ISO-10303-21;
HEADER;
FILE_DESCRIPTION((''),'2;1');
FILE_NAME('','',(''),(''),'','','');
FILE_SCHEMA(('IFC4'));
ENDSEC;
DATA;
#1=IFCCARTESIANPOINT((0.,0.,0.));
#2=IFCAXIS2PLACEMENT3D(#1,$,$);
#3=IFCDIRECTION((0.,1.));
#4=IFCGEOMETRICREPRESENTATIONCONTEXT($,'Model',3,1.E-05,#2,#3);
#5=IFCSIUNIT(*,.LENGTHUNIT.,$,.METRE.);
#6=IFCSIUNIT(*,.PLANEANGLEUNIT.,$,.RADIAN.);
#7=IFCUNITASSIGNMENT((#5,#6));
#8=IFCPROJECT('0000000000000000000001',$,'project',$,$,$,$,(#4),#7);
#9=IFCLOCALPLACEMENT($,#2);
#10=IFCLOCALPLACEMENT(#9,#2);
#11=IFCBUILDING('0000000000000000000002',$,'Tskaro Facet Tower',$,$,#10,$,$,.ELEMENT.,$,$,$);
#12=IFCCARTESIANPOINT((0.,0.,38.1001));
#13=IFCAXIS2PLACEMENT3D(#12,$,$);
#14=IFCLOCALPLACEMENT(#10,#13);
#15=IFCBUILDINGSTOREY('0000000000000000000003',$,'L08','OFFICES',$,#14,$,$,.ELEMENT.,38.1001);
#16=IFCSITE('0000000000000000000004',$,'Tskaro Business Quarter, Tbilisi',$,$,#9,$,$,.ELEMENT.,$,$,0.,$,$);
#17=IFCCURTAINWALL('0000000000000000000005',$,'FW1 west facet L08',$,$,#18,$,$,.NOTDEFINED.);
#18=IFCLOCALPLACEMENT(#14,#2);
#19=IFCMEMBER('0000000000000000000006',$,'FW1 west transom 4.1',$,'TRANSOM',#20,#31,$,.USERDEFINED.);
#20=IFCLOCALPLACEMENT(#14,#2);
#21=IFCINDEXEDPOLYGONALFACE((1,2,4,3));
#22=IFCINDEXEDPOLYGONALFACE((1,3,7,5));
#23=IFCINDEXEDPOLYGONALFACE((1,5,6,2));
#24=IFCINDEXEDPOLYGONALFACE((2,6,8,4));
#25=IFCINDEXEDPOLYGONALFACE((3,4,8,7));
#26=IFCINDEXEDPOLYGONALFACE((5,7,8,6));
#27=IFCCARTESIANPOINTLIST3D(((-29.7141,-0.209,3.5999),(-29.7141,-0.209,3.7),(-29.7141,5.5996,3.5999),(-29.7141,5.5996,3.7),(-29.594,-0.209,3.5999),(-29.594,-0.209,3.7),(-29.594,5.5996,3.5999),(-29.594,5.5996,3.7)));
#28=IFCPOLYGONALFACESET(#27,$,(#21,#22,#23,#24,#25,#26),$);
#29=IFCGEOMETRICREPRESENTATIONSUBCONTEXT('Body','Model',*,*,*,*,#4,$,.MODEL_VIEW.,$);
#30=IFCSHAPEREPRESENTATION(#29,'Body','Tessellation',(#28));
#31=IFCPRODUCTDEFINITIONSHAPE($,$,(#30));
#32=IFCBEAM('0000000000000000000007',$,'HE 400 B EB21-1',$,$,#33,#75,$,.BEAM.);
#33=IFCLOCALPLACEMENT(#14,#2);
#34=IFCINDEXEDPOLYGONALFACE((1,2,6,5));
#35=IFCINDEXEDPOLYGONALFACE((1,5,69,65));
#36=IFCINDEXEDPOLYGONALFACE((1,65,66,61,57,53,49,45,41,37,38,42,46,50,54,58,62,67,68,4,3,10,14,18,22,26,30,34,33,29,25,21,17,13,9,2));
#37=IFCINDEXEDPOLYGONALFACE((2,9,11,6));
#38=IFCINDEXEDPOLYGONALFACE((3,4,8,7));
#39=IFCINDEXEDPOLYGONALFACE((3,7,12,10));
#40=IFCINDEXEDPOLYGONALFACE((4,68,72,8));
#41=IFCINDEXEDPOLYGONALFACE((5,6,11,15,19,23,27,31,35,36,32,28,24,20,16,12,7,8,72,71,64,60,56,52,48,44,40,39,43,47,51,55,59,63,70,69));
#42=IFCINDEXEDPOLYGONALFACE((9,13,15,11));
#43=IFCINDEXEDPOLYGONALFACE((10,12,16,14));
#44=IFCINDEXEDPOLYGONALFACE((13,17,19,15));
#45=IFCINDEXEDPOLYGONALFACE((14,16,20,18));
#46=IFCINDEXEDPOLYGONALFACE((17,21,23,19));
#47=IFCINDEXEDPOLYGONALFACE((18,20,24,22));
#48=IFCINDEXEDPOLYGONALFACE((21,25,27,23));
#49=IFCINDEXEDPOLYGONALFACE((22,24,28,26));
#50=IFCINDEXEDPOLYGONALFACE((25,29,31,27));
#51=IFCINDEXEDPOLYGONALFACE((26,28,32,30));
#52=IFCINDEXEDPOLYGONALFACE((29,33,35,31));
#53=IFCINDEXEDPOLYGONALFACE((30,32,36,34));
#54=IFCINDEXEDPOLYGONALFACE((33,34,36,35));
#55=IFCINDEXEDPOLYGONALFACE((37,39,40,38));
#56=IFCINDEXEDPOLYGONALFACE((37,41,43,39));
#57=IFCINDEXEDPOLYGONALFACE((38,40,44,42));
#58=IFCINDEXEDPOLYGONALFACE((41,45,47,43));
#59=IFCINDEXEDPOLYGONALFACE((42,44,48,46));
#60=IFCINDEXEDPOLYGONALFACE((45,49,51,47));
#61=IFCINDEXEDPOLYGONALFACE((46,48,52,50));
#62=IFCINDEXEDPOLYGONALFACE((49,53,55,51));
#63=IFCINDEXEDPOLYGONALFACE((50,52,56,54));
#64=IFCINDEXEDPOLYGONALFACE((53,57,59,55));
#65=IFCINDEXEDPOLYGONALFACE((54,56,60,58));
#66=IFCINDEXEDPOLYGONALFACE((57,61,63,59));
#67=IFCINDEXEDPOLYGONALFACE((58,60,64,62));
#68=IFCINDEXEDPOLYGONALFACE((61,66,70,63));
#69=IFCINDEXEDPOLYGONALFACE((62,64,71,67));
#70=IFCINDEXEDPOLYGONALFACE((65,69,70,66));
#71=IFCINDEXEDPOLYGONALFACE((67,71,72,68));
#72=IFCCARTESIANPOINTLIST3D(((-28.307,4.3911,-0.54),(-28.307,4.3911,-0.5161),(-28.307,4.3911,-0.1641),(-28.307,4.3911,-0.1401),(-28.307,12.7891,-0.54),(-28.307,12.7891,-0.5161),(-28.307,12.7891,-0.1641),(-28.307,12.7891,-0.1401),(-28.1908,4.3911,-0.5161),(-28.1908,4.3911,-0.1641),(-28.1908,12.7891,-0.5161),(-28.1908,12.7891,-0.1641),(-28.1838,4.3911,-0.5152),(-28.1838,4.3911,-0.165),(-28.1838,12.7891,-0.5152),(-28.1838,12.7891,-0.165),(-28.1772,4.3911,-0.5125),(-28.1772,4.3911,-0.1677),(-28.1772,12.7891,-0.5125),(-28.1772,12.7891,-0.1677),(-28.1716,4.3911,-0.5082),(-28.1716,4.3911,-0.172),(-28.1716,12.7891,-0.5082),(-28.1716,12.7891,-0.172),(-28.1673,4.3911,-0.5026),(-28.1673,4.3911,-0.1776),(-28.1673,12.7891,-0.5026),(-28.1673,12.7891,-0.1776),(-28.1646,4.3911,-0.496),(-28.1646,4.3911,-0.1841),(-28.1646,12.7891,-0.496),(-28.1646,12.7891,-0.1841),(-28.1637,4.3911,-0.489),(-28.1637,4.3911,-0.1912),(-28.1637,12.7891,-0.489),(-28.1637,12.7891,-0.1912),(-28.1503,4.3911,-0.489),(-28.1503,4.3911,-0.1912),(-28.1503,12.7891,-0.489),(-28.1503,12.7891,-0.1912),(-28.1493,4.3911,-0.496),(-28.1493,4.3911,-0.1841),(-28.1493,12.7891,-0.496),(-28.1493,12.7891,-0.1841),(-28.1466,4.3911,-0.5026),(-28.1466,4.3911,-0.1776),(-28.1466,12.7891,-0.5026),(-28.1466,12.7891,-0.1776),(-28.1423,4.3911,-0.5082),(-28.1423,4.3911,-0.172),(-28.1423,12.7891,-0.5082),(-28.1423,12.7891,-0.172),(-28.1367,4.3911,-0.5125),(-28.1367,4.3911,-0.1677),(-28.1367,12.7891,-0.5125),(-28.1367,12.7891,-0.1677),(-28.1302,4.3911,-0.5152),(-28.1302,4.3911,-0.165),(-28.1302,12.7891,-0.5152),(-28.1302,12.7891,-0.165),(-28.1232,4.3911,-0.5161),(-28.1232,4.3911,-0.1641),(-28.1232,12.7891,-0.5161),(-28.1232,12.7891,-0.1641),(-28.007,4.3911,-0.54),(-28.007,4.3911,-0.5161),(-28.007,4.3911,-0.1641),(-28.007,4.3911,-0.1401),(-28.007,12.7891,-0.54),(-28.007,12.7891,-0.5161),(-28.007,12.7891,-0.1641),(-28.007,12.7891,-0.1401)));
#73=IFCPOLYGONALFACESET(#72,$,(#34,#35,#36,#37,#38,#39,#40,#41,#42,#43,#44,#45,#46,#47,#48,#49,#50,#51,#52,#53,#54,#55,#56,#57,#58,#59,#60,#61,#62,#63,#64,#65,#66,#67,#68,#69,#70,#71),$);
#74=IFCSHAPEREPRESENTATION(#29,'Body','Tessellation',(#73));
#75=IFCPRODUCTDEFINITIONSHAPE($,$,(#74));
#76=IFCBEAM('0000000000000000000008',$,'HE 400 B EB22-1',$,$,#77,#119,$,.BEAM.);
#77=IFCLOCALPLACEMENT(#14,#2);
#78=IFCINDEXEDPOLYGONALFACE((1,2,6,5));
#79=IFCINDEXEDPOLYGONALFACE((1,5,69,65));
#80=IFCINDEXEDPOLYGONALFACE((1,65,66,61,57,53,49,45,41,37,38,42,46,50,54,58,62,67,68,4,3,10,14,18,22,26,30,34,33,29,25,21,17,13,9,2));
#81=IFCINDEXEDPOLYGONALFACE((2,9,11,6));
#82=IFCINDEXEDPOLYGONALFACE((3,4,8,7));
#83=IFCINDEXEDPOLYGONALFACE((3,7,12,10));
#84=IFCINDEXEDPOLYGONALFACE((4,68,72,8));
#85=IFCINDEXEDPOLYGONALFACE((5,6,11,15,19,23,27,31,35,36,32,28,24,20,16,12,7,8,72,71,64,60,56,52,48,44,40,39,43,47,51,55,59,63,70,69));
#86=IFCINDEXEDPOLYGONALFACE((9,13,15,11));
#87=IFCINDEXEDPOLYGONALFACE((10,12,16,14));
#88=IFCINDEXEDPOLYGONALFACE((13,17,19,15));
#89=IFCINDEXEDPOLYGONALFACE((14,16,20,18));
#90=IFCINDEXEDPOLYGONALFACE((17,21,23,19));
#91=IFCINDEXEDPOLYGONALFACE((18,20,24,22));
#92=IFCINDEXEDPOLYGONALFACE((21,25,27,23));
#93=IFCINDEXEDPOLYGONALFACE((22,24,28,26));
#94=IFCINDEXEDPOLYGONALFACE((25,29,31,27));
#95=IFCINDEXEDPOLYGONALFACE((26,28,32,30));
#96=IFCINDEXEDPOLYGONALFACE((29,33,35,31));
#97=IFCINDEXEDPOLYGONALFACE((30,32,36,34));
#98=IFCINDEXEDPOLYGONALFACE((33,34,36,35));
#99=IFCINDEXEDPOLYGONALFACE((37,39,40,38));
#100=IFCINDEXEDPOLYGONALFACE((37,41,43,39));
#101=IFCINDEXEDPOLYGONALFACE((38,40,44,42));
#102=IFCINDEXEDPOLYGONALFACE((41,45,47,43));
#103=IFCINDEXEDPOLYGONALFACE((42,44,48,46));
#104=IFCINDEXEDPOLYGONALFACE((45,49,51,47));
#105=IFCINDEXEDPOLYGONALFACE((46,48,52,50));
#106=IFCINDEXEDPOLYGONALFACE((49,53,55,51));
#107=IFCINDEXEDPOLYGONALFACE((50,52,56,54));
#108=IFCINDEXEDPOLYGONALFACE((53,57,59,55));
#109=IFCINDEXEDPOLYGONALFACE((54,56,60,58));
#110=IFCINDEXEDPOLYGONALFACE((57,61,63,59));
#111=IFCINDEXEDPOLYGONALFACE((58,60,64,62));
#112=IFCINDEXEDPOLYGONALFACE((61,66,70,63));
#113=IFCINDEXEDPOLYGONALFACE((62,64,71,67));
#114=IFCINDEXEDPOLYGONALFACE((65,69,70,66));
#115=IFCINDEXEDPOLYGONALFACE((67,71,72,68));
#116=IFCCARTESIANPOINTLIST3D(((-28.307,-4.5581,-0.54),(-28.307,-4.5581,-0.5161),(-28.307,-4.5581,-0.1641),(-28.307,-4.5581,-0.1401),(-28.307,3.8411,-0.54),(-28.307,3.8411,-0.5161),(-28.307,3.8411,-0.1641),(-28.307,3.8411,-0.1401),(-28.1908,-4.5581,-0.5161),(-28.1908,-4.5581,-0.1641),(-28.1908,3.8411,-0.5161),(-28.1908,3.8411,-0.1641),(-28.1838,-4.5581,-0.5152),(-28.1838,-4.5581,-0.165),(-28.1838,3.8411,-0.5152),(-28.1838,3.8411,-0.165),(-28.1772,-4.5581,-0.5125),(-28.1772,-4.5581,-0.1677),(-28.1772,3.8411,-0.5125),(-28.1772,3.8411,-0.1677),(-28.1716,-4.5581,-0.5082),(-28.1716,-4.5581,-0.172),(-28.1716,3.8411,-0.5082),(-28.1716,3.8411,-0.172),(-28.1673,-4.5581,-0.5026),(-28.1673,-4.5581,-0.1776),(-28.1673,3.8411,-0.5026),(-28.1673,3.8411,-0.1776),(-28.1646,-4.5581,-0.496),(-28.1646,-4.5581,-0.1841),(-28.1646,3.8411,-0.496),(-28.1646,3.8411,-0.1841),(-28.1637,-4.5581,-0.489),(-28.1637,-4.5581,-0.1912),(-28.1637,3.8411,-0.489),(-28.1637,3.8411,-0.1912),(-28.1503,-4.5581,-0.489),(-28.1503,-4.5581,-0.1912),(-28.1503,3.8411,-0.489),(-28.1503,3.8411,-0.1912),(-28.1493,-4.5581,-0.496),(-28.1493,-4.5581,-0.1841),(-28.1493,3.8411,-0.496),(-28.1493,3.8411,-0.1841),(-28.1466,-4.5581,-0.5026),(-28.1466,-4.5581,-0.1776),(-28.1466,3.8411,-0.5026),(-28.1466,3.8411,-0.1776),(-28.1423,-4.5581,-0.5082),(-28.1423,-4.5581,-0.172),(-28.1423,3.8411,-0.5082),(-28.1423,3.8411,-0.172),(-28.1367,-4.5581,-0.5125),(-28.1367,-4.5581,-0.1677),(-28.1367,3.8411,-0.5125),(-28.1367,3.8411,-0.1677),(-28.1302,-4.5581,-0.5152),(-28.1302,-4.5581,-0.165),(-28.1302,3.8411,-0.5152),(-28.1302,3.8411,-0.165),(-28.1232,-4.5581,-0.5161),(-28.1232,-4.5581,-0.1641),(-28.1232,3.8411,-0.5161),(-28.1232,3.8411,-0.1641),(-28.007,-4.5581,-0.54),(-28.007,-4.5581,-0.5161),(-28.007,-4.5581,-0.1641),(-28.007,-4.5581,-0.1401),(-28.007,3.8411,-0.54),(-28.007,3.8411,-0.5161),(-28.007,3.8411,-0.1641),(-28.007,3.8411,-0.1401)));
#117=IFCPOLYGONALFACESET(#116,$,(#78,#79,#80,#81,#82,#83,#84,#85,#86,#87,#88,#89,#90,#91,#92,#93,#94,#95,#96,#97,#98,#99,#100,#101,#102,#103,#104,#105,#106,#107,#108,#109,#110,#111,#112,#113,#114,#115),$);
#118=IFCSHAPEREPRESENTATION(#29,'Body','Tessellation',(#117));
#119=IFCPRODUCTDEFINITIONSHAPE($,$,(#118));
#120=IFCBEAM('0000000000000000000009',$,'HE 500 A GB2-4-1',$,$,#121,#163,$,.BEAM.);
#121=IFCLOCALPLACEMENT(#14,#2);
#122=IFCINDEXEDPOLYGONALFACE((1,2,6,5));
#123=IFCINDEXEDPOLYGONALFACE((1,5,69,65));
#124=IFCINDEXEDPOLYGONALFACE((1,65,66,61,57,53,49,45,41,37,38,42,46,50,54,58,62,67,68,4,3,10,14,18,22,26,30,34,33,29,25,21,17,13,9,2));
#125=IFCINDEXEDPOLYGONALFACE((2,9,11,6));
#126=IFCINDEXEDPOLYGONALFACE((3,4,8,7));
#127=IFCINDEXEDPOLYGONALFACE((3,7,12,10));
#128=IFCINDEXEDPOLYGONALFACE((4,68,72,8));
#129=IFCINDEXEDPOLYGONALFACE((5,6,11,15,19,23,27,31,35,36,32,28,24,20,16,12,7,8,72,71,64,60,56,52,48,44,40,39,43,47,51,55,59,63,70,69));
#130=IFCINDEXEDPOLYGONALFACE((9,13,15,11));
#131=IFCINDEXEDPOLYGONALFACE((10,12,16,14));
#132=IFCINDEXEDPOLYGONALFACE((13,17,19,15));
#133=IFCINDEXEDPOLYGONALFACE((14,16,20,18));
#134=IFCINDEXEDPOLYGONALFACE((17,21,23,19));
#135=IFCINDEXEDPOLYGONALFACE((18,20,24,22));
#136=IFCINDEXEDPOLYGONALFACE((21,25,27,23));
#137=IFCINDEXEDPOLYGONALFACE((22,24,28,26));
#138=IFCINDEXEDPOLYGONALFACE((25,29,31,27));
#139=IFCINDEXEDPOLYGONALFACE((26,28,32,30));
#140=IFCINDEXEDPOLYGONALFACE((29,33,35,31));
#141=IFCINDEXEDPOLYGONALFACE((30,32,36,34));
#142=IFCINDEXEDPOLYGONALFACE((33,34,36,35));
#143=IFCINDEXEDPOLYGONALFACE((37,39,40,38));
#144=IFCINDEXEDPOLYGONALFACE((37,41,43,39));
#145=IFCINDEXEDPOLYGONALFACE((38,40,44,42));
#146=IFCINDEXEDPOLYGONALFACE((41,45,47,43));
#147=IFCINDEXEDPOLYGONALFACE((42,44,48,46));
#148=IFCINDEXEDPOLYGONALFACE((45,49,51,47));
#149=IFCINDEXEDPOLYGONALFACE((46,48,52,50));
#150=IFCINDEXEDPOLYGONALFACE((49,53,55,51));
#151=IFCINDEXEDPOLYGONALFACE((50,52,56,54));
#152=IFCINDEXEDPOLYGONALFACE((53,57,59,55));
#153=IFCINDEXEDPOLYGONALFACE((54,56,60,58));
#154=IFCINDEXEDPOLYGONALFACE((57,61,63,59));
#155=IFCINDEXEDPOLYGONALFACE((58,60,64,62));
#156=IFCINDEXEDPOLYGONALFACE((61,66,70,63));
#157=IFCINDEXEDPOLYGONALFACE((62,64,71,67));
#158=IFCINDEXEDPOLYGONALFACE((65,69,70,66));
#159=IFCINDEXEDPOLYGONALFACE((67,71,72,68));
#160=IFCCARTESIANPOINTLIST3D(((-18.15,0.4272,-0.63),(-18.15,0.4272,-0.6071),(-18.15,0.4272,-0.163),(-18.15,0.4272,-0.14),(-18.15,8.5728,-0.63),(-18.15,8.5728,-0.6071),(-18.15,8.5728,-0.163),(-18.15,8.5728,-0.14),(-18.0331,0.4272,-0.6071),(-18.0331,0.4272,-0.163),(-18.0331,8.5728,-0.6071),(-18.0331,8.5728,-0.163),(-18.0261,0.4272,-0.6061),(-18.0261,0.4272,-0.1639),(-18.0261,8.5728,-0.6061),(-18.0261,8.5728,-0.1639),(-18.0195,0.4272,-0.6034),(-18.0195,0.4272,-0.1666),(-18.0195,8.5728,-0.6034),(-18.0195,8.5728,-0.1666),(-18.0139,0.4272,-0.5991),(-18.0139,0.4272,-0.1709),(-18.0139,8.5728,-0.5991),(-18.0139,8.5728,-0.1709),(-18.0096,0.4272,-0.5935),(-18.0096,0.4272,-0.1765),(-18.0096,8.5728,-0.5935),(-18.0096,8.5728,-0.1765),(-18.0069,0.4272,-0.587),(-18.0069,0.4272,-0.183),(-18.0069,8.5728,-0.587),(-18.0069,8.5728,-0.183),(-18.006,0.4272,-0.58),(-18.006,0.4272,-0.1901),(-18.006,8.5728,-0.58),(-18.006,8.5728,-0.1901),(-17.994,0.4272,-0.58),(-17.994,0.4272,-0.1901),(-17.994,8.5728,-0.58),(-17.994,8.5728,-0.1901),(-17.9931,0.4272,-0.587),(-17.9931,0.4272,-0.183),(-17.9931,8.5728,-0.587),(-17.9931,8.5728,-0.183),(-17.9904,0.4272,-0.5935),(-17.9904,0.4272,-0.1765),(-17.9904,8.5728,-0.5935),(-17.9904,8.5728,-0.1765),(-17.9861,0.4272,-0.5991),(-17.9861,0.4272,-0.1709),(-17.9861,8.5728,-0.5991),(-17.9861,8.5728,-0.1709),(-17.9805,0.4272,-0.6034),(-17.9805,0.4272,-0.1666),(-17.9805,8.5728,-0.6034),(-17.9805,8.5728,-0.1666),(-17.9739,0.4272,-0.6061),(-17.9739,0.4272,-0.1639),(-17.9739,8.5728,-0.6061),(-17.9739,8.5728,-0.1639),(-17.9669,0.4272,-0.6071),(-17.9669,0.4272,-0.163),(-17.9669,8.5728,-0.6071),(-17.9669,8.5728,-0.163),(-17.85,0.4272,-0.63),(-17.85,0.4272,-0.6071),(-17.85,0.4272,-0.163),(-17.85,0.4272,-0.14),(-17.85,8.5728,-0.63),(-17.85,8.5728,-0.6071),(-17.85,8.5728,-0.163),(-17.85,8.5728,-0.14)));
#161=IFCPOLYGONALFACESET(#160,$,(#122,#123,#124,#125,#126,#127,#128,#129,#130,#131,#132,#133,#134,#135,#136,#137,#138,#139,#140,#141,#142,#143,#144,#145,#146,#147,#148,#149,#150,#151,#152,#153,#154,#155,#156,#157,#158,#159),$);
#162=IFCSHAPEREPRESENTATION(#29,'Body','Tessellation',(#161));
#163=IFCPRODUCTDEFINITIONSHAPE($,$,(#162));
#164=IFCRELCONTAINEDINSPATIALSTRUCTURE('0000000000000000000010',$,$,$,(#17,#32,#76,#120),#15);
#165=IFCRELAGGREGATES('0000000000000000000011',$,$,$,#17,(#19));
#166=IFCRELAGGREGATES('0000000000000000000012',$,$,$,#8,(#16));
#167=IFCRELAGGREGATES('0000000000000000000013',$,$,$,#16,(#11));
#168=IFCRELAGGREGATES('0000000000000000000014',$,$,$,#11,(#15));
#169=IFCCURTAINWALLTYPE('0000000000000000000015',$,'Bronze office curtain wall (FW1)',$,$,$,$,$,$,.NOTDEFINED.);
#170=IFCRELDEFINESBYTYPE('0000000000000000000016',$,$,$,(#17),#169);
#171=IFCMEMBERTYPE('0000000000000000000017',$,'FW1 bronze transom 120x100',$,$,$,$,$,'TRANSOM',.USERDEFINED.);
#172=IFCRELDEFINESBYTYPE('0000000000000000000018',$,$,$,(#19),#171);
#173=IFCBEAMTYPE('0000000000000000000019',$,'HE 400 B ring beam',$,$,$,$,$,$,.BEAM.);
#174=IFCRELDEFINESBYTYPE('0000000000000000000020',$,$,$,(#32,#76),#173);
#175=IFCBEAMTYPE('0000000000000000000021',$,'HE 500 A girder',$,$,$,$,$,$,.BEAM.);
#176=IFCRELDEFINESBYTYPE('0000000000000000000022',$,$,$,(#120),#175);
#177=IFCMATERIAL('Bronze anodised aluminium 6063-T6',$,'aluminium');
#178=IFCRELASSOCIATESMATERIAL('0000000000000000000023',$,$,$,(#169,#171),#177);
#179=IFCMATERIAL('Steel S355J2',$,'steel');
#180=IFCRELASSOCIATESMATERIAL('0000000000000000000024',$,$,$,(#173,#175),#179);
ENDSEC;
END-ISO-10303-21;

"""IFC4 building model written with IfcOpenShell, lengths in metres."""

from ifc_helpers import new_model, si_unit, direction, frame, origin, origin_2d, place, context, subcontext, project, spatial, rectangle, i_section, extrude, material, material_profile, profile_set, type_object, element, aggregate, save


model = new_model("IFC4")

# Units and contexts
model_context = context("Model", 3, precision=1e-05, world=origin(), true_north=direction((0.0, 1.0)))
body_context = subcontext(model_context, "Body", "Model", "MODEL_VIEW")
ifc_project = project(units=[si_unit("LENGTHUNIT", "METRE"), si_unit("PLANEANGLEUNIT", "RADIAN")], contexts=[model_context])

# Site, building, storey
site_placement = place(None, origin())
site = spatial("IfcSite", under=ifc_project, at=site_placement, Name="Tskaro Business Quarter, Tbilisi", CompositionType="ELEMENT", RefElevation=0.0)
building_placement = place(site_placement, origin())
building = spatial("IfcBuilding", under=site, at=building_placement, Name="Tskaro Facet Tower", CompositionType="ELEMENT")
storey_placement = place(building_placement, frame((0.0, 0.0, 38.1001)))
storey = spatial("IfcBuildingStorey", under=building, at=storey_placement, Name="L08", Description="OFFICES", CompositionType="ELEMENT", Elevation=38.1001)

# Curtain wall, member
ifc_material_1 = material(Name="Bronze anodised aluminium 6063-T6", Category="aluminium")
curtain_wall_type = type_object("IfcCurtainWallType", Name="Bronze office curtain wall (FW1)", PredefinedType="NOTDEFINED", material=ifc_material_1)
curtain_wall_placement = place(storey_placement, origin())
curtain_wall = element("IfcCurtainWall", 1, at=curtain_wall_placement, inside=storey, type_object=curtain_wall_type, Name="FW1 west facet L08", PredefinedType="NOTDEFINED")
ifc_material_profile_1 = material_profile(ifc_material_1, rectangle(XDim=0.1201, YDim=0.1001, at=origin_2d()), Name="Transom 120x100")
ifc_profile_set_1 = profile_set([ifc_material_profile_1], Name="Bronze anodised aluminium 6063-T6")
member_type_1 = type_object("IfcMemberType", Name="FW1 bronze transom 120x100", ElementType="TRANSOM", PredefinedType="USERDEFINED", material=ifc_profile_set_1)
member_1_placement = place(storey_placement, frame((-29.6541, 5.5996, 3.6499), z_axis=(0.0, -1.0, 0.0), x_axis=(1.0, 0.0, 0.0)))
member_1 = element("IfcMember", 2, at=member_1_placement, type_object=member_type_1, Name="FW1 west transom 4.1", ObjectType="TRANSOM", PredefinedType="USERDEFINED", context=body_context, shape_type="SweptSolid", body=[
    extrude(rectangle(XDim=0.1201, YDim=0.1001, at=origin_2d()), origin(), (0.0, 0.0, 1.0), 5.8086),
])

# Beams
ifc_material_2 = material(Name="Steel S355J2", Category="steel")
ifc_material_profile_2 = material_profile(ifc_material_2, i_section(OverallWidth=0.3, OverallDepth=0.3999, WebThickness=0.0134, FlangeThickness=0.0239, FilletRadius=0.0271, at=origin_2d()), Name="HE 400 B")
ifc_profile_set_2 = profile_set([ifc_material_profile_2], Name="Steel S355J2")
beam_type_1 = type_object("IfcBeamType", Name="HE 400 B ring beam", PredefinedType="BEAM", material=ifc_profile_set_2)
beam_1_placement = place(storey_placement, frame((-28.157, 12.7891, -0.3401), z_axis=(0.0, -1.0, 0.0), x_axis=(1.0, 0.0, 0.0)))
element("IfcBeam", 3, at=beam_1_placement, inside=storey, type_object=beam_type_1, Name="HE 400 B EB21-1", PredefinedType="BEAM", context=body_context, shape_type="SweptSolid", body=[
    extrude(i_section(OverallWidth=0.3, OverallDepth=0.3999, WebThickness=0.0134, FlangeThickness=0.0239, FilletRadius=0.0271, at=origin_2d()), origin(), (0.0, 0.0, 1.0), 8.3979),
])
beam_2_placement = place(storey_placement, frame((-28.157, 3.8411, -0.3401), z_axis=(0.0, -1.0, 0.0), x_axis=(1.0, 0.0, 0.0)))
element("IfcBeam", 4, at=beam_2_placement, inside=storey, type_object=beam_type_1, Name="HE 400 B EB22-1", PredefinedType="BEAM", context=body_context, shape_type="SweptSolid", body=[
    extrude(i_section(OverallWidth=0.3, OverallDepth=0.3999, WebThickness=0.0134, FlangeThickness=0.0239, FilletRadius=0.0271, at=origin_2d()), origin(), (0.0, 0.0, 1.0), 8.3992),
])
ifc_material_profile_3 = material_profile(ifc_material_2, i_section(OverallWidth=0.3, OverallDepth=0.49, WebThickness=0.012, FlangeThickness=0.0229, FilletRadius=0.0271, at=origin_2d()), Name="HE 500 A")
ifc_profile_set_3 = profile_set([ifc_material_profile_3], Name="Steel S355J2")
beam_type_2 = type_object("IfcBeamType", Name="HE 500 A girder", PredefinedType="BEAM", material=ifc_profile_set_3)
beam_3_placement = place(storey_placement, frame((-18.0, 0.4272, -0.385), z_axis=(0.0, 1.0, 0.0), x_axis=(-1.0, 0.0, 0.0)))
element("IfcBeam", 5, at=beam_3_placement, inside=storey, type_object=beam_type_2, Name="HE 500 A GB2-4-1", PredefinedType="BEAM", context=body_context, shape_type="SweptSolid", body=[
    extrude(i_section(OverallWidth=0.3, OverallDepth=0.49, WebThickness=0.012, FlangeThickness=0.0229, FilletRadius=0.0271, at=origin_2d()), origin(), (0.0, 0.0, 1.0), 8.1455),
])

aggregate(curtain_wall, [member_1])

save(model, "model.ifc")
